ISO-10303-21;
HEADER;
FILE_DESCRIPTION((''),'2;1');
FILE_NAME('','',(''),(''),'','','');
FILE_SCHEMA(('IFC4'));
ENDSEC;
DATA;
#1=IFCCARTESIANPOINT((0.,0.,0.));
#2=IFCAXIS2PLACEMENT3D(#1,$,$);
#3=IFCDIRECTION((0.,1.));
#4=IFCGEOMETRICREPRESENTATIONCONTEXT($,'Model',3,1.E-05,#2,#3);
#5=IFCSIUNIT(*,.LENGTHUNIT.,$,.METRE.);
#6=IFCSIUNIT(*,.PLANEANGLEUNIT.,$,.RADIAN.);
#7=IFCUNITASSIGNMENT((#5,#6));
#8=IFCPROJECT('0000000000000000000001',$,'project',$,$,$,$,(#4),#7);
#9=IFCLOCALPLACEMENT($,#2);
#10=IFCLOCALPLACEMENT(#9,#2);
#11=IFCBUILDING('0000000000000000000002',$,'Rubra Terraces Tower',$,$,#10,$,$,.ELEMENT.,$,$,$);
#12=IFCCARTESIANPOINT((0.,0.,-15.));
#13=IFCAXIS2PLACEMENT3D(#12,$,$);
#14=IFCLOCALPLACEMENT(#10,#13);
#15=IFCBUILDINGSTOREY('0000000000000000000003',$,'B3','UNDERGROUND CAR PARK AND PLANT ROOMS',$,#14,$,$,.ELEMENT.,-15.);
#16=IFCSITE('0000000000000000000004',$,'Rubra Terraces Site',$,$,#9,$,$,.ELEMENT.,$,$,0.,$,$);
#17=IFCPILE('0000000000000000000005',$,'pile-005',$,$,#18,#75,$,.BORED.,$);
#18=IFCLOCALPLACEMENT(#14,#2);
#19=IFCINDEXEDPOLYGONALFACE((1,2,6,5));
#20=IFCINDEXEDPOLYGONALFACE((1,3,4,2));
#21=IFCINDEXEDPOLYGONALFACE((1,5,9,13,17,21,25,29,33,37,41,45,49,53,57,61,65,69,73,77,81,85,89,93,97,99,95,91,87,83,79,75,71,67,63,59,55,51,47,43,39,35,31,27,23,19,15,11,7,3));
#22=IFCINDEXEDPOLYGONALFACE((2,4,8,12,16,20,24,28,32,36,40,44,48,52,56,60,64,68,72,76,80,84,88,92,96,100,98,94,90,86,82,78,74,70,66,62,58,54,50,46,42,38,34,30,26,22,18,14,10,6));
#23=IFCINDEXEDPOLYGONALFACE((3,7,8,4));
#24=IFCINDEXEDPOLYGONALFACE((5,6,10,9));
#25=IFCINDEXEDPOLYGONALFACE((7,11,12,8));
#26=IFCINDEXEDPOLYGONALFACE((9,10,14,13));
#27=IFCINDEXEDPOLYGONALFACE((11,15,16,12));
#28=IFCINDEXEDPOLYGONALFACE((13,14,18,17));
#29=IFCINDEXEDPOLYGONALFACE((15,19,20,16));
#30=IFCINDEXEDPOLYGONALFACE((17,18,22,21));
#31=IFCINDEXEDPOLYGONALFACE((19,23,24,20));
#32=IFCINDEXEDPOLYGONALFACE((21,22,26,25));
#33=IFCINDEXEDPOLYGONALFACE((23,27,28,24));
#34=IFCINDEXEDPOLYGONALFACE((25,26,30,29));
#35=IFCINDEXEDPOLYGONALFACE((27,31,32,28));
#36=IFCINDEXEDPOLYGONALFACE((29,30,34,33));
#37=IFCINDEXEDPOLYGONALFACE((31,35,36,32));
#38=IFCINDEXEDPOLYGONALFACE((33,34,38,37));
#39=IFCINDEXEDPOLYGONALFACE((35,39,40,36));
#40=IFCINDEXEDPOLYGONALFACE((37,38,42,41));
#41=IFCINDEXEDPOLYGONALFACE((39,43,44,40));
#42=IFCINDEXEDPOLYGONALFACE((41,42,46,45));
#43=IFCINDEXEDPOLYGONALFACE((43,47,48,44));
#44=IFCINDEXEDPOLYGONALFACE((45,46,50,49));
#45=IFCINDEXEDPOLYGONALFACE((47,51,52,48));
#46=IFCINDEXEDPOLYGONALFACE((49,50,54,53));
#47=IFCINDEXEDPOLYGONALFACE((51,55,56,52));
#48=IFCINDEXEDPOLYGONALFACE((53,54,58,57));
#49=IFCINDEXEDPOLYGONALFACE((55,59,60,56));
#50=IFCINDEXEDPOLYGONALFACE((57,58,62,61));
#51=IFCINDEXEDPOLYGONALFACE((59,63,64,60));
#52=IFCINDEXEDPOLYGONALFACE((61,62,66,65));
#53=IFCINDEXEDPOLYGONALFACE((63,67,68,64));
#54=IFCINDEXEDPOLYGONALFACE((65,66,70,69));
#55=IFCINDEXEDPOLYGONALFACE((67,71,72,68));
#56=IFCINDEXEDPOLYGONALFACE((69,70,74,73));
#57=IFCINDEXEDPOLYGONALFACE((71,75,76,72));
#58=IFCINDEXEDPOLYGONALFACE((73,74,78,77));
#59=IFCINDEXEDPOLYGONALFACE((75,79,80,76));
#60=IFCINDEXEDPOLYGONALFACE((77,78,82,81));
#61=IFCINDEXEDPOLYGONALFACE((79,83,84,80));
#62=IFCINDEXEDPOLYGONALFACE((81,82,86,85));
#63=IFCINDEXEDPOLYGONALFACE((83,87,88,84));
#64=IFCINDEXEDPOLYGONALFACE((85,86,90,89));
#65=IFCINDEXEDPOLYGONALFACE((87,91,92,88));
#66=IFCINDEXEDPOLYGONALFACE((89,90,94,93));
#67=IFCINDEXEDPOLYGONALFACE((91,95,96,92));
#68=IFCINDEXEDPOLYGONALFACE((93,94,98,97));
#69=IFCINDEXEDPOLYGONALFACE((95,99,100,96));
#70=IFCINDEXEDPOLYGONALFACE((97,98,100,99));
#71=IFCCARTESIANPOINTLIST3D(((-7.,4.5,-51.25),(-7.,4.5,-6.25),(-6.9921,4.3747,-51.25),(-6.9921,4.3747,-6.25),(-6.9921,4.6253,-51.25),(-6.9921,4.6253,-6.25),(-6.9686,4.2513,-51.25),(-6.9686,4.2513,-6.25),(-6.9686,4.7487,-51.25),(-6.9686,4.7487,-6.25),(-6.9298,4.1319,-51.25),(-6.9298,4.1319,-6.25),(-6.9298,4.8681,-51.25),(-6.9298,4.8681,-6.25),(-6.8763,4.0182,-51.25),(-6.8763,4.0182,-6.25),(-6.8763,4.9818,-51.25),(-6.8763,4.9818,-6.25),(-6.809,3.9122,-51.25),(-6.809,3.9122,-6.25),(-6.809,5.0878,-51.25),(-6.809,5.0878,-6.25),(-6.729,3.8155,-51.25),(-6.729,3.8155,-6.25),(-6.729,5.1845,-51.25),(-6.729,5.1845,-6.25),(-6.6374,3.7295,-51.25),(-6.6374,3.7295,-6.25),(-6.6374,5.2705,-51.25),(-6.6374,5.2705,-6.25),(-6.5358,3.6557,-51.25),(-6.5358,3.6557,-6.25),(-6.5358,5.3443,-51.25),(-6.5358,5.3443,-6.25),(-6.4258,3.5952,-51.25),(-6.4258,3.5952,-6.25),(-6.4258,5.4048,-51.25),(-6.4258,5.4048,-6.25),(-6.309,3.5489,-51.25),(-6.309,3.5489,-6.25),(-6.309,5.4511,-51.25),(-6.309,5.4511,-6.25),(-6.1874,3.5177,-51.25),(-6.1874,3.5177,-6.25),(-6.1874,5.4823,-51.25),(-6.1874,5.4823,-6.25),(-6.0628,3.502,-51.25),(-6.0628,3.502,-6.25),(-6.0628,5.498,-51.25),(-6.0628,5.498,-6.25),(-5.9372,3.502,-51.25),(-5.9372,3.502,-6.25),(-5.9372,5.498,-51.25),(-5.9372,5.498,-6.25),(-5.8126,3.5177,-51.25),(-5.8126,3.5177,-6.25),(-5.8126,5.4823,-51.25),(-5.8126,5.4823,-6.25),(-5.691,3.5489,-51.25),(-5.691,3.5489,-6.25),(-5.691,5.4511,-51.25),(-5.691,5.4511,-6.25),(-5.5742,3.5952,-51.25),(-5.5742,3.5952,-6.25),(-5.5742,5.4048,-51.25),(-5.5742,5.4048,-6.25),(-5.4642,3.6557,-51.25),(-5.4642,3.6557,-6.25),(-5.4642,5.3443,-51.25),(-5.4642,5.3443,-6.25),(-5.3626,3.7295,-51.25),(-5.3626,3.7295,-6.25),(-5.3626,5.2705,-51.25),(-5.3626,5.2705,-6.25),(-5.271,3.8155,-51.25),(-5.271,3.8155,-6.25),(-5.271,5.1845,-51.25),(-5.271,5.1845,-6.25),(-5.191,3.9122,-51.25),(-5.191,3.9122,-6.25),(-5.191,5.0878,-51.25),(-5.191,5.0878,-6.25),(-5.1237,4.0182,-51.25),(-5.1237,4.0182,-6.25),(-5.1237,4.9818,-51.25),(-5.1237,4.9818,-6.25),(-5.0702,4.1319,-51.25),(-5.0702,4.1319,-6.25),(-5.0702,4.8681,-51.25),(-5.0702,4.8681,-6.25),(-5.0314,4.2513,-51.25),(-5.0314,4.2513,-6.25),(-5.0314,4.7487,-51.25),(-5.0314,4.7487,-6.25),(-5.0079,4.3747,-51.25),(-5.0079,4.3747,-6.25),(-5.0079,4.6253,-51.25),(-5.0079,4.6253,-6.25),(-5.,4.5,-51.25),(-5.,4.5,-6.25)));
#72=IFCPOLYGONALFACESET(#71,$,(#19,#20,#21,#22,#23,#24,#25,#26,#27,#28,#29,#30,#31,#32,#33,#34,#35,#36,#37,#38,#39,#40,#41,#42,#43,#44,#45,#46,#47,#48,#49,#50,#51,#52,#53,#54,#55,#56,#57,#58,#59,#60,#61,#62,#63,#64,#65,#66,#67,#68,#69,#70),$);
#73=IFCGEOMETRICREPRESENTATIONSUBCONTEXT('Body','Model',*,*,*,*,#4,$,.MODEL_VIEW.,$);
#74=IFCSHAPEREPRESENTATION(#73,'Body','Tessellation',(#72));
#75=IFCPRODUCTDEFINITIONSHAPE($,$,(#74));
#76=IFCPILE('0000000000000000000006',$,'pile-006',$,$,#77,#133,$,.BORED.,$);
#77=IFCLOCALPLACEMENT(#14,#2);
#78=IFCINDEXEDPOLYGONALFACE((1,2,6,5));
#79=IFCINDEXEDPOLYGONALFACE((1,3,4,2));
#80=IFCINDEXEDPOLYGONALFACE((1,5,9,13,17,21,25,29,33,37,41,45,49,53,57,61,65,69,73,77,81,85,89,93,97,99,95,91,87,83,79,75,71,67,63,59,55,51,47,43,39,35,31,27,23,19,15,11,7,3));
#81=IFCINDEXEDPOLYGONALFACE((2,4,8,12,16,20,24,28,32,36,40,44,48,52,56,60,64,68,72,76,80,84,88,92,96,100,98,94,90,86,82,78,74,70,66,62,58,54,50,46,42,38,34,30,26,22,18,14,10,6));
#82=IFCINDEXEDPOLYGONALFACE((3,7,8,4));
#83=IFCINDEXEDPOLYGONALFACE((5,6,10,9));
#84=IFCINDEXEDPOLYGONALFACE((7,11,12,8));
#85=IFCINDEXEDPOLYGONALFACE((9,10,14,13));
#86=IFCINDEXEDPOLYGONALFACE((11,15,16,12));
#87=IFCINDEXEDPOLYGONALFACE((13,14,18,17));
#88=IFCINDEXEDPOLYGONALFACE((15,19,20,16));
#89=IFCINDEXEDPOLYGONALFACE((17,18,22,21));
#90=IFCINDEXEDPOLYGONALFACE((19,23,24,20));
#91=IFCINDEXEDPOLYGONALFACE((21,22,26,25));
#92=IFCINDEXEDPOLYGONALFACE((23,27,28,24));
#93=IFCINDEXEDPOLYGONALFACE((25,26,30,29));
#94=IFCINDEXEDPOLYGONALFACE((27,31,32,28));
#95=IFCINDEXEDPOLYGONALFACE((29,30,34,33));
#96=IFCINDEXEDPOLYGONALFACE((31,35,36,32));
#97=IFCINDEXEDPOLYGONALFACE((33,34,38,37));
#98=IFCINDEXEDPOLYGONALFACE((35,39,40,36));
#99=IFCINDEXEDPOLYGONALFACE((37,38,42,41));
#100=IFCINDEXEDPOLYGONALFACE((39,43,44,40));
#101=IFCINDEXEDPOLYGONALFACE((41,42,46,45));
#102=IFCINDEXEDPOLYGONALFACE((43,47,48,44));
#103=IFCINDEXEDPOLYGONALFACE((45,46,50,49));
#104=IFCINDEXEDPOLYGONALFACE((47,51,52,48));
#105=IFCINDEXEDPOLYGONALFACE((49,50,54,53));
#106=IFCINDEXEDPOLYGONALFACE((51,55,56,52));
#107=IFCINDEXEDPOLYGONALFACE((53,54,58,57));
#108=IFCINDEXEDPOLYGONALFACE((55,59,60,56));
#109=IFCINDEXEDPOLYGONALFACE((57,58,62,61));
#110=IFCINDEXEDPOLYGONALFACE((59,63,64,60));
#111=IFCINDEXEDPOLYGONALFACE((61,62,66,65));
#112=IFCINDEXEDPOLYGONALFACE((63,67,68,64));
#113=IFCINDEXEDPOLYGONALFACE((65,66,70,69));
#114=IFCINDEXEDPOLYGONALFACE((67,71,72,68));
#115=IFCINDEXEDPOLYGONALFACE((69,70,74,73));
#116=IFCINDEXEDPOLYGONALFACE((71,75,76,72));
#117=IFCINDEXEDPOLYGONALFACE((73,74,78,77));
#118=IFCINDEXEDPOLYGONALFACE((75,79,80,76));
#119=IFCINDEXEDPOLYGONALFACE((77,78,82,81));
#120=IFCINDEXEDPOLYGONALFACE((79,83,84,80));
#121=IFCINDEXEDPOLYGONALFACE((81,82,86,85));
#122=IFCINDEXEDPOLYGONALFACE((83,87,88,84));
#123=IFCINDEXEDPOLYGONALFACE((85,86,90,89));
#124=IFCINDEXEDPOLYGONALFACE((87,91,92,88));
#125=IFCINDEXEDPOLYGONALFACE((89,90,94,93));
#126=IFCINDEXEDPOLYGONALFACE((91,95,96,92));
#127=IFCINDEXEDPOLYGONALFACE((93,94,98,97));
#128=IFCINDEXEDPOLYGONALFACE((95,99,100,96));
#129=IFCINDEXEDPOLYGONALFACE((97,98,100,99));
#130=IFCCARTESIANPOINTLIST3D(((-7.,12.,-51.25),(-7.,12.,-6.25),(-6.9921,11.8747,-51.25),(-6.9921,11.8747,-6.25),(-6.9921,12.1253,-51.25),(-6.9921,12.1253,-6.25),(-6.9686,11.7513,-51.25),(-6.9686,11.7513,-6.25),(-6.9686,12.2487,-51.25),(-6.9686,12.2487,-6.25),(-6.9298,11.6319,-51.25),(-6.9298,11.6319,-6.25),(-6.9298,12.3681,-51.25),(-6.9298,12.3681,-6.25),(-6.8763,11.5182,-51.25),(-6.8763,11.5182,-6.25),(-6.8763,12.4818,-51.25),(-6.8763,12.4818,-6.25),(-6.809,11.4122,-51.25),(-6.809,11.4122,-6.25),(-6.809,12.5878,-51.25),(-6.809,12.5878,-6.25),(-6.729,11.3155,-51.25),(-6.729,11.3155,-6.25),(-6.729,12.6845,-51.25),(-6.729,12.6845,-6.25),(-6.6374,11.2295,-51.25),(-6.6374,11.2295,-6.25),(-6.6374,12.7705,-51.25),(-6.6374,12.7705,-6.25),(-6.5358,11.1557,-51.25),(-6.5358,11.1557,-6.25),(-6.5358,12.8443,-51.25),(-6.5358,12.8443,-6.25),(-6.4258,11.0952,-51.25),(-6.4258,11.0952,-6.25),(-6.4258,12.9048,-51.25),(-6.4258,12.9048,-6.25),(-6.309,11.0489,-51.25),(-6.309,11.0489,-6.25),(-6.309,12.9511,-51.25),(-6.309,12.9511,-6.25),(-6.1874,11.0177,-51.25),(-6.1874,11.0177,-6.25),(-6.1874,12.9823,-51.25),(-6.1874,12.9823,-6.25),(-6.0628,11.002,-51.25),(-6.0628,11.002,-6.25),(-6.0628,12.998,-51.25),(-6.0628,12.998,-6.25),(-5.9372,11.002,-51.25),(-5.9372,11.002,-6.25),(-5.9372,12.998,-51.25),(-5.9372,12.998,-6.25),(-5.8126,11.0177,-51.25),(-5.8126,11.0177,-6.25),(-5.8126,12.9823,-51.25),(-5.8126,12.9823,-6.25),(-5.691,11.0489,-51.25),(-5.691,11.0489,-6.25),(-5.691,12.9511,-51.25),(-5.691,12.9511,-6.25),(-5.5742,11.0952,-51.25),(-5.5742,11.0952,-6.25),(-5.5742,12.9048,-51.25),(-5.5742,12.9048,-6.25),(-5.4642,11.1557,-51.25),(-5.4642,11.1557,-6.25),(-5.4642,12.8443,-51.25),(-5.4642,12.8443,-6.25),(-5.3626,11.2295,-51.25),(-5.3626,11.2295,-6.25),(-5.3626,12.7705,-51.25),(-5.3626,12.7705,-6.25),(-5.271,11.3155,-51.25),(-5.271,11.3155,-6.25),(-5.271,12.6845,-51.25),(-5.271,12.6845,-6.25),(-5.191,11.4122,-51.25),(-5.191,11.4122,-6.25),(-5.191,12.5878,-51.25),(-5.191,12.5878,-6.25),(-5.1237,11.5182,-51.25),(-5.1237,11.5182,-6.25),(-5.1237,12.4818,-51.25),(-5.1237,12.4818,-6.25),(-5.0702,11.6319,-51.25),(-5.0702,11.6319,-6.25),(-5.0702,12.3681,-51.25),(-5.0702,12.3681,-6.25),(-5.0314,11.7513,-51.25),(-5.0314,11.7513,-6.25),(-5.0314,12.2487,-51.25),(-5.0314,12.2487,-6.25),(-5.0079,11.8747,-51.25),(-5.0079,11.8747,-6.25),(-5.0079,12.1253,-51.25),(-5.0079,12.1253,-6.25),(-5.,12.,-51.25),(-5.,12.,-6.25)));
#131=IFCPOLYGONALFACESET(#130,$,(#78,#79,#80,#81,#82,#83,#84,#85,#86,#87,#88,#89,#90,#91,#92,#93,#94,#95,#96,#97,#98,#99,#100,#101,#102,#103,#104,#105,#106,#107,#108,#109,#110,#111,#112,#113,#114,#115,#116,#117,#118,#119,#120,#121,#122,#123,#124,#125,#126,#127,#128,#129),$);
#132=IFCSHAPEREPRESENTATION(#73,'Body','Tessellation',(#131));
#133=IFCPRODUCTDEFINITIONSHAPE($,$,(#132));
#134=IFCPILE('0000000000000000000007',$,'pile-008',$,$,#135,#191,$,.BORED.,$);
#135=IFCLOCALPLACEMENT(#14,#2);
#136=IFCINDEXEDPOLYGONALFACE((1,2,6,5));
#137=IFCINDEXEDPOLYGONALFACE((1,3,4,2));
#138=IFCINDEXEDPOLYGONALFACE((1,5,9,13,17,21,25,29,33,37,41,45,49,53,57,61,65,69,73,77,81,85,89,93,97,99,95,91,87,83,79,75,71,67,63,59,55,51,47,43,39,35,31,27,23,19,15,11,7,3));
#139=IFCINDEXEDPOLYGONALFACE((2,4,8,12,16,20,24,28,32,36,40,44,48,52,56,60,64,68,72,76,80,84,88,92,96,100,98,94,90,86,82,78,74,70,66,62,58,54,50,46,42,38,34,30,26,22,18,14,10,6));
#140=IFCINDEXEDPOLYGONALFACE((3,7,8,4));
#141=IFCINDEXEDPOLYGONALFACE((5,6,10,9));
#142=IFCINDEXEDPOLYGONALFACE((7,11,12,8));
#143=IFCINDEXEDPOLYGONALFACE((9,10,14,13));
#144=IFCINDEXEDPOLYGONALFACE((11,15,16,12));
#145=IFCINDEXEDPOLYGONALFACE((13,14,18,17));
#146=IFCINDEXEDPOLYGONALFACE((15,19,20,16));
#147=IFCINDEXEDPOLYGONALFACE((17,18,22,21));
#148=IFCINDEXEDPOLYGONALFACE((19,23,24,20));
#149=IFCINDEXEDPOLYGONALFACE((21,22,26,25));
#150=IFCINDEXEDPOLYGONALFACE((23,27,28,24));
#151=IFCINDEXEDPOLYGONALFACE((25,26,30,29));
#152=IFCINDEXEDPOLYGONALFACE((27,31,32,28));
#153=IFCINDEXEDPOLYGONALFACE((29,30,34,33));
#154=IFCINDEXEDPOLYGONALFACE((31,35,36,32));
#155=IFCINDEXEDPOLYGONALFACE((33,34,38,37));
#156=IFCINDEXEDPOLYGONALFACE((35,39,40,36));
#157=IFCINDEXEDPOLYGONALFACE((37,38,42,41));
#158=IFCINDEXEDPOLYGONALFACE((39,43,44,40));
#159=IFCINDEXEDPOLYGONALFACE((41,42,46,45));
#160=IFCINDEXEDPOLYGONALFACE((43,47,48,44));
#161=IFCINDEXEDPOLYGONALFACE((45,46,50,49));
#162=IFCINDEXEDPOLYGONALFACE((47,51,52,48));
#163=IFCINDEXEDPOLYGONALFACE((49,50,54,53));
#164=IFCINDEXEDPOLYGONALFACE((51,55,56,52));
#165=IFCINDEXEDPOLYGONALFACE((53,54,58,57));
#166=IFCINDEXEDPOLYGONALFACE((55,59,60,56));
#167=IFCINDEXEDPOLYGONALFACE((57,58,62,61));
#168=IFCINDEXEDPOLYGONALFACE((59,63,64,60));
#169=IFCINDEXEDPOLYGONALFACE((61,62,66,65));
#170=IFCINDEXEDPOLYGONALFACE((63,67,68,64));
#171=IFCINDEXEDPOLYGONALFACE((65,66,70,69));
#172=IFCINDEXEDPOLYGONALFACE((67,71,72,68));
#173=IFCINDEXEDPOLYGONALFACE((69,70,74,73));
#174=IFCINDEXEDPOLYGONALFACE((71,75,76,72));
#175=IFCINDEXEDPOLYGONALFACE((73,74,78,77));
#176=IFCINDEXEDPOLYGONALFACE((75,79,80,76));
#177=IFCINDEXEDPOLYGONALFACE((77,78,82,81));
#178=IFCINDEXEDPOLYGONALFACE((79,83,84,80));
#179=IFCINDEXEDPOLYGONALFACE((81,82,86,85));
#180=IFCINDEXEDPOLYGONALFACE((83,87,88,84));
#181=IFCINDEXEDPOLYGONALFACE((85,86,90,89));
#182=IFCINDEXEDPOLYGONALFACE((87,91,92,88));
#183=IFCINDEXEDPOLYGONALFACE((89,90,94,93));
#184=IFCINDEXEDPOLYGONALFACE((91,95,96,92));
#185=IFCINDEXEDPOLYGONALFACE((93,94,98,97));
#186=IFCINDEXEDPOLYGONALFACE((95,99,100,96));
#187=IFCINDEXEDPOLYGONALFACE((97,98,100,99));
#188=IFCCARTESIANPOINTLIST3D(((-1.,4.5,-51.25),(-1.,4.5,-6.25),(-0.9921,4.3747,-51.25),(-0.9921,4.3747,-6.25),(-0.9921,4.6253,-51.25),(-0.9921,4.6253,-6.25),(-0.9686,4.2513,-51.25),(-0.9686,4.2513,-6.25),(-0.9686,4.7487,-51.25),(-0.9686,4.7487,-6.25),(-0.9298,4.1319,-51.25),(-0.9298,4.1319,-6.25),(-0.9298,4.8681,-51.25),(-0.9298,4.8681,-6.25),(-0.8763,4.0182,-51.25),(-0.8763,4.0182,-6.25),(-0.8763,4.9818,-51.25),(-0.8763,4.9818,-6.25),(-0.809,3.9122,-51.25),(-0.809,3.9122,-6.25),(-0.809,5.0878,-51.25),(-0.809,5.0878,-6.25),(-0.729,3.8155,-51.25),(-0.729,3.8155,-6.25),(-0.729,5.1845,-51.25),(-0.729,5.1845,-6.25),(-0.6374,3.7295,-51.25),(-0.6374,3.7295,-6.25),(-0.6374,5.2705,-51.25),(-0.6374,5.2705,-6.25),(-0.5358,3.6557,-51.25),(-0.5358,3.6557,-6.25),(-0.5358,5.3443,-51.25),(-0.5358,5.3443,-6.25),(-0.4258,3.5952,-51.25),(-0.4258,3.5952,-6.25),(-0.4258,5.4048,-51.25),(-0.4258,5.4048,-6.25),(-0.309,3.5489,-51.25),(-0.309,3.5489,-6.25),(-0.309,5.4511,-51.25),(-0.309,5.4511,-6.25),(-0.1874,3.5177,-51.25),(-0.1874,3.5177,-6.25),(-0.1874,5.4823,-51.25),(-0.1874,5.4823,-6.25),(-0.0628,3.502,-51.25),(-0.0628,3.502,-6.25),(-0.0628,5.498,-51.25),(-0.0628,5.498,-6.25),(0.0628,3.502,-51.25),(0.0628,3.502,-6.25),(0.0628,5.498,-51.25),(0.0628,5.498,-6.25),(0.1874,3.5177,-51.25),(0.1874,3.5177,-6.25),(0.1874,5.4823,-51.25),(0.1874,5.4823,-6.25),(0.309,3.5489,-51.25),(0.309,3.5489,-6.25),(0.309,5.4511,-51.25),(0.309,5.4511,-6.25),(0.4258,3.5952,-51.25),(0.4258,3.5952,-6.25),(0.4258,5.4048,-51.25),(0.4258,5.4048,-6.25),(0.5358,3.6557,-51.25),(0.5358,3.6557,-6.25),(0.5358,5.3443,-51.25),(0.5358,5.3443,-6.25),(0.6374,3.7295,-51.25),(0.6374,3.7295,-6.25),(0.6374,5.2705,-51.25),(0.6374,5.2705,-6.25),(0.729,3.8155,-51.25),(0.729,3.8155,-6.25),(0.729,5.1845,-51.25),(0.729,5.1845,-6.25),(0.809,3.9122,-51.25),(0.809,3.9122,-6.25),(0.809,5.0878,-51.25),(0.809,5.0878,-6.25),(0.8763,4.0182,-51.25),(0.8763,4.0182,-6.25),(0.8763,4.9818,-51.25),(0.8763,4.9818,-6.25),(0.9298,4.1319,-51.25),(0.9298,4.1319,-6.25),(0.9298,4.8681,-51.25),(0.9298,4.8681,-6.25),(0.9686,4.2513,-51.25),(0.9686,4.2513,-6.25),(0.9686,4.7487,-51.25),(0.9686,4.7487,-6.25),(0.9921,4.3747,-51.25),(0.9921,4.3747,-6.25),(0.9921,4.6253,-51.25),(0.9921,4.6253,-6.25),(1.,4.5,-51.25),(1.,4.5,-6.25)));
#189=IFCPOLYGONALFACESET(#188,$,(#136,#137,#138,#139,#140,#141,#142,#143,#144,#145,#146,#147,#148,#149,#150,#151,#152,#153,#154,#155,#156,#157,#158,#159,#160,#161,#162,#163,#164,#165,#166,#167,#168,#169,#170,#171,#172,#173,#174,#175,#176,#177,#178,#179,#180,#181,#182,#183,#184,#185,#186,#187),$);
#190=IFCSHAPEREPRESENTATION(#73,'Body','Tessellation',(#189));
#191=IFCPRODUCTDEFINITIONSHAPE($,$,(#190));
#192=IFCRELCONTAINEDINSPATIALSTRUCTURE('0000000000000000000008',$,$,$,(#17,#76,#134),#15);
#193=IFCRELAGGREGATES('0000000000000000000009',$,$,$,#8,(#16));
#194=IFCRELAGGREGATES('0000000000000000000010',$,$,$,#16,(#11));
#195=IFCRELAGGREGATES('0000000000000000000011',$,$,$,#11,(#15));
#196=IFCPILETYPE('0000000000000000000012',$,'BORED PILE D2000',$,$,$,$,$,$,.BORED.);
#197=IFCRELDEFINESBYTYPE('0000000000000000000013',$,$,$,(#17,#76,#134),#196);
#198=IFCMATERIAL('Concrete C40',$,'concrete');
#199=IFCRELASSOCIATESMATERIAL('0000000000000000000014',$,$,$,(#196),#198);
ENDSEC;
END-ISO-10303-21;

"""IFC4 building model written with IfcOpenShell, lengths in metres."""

from ifc_helpers import new_model, si_unit, direction, frame, origin, origin_2d, place, context, subcontext, project, spatial, circle, extrude, material, material_profile, profile_set, type_object, element, save


model = new_model("IFC4")

# Units and contexts
model_context = context("Model", 3, precision=1e-05, world=origin(), true_north=direction((0.0, 1.0)))
body_context = subcontext(model_context, "Body", "Model", "MODEL_VIEW")
ifc_project = project(units=[si_unit("LENGTHUNIT", "METRE"), si_unit("PLANEANGLEUNIT", "RADIAN")], contexts=[model_context])

# Site, building, storey
site_placement = place(None, origin())
site = spatial("IfcSite", under=ifc_project, at=site_placement, Name="Rubra Terraces Site", CompositionType="ELEMENT", RefElevation=0.0)
building_placement = place(site_placement, origin())
building = spatial("IfcBuilding", under=site, at=building_placement, Name="Rubra Terraces Tower", CompositionType="ELEMENT")
storey_placement = place(building_placement, frame((0.0, 0.0, -15.0)))
storey = spatial("IfcBuildingStorey", under=building, at=storey_placement, Name="B3", Description="UNDERGROUND CAR PARK AND PLANT ROOMS", CompositionType="ELEMENT", Elevation=-15.0)

# Piles
ifc_material_1 = material(Name="Concrete C40", Category="concrete")
ifc_material_profile = material_profile(ifc_material_1, circle(Radius=1.0, at=origin_2d()), Name="BORED PILE D2000")
ifc_profile_set = profile_set([ifc_material_profile], Name="Concrete C40")
pile_type = type_object("IfcPileType", Name="BORED PILE D2000", PredefinedType="BORED", material=ifc_profile_set)
for number, where, z_axis, x_axis, name in (
    (1, (-6.0, 4.5, -6.25), (0.0, 0.0, -1.0), (1.0, 0.0, 0.0), "pile-005"),
    (2, (-6.0, 12.0, -6.25), (0.0, 0.0, -1.0), (1.0, 0.0, 0.0), "pile-006"),
    (3, (0.0, 4.5, -6.25), (0.0, 0.0, -1.0), (1.0, 0.0, 0.0), "pile-008"),
):
    element("IfcPile", number, at=place(storey_placement, frame(where, z_axis=z_axis, x_axis=x_axis)), inside=storey, type_object=pile_type, Name=name, PredefinedType="BORED", context=body_context, shape_type="SweptSolid", body=[
        extrude(circle(Radius=1.0, at=origin_2d()), origin(), (0.0, 0.0, 1.0), 45.0),
    ])

save(model, "model.ifc")
